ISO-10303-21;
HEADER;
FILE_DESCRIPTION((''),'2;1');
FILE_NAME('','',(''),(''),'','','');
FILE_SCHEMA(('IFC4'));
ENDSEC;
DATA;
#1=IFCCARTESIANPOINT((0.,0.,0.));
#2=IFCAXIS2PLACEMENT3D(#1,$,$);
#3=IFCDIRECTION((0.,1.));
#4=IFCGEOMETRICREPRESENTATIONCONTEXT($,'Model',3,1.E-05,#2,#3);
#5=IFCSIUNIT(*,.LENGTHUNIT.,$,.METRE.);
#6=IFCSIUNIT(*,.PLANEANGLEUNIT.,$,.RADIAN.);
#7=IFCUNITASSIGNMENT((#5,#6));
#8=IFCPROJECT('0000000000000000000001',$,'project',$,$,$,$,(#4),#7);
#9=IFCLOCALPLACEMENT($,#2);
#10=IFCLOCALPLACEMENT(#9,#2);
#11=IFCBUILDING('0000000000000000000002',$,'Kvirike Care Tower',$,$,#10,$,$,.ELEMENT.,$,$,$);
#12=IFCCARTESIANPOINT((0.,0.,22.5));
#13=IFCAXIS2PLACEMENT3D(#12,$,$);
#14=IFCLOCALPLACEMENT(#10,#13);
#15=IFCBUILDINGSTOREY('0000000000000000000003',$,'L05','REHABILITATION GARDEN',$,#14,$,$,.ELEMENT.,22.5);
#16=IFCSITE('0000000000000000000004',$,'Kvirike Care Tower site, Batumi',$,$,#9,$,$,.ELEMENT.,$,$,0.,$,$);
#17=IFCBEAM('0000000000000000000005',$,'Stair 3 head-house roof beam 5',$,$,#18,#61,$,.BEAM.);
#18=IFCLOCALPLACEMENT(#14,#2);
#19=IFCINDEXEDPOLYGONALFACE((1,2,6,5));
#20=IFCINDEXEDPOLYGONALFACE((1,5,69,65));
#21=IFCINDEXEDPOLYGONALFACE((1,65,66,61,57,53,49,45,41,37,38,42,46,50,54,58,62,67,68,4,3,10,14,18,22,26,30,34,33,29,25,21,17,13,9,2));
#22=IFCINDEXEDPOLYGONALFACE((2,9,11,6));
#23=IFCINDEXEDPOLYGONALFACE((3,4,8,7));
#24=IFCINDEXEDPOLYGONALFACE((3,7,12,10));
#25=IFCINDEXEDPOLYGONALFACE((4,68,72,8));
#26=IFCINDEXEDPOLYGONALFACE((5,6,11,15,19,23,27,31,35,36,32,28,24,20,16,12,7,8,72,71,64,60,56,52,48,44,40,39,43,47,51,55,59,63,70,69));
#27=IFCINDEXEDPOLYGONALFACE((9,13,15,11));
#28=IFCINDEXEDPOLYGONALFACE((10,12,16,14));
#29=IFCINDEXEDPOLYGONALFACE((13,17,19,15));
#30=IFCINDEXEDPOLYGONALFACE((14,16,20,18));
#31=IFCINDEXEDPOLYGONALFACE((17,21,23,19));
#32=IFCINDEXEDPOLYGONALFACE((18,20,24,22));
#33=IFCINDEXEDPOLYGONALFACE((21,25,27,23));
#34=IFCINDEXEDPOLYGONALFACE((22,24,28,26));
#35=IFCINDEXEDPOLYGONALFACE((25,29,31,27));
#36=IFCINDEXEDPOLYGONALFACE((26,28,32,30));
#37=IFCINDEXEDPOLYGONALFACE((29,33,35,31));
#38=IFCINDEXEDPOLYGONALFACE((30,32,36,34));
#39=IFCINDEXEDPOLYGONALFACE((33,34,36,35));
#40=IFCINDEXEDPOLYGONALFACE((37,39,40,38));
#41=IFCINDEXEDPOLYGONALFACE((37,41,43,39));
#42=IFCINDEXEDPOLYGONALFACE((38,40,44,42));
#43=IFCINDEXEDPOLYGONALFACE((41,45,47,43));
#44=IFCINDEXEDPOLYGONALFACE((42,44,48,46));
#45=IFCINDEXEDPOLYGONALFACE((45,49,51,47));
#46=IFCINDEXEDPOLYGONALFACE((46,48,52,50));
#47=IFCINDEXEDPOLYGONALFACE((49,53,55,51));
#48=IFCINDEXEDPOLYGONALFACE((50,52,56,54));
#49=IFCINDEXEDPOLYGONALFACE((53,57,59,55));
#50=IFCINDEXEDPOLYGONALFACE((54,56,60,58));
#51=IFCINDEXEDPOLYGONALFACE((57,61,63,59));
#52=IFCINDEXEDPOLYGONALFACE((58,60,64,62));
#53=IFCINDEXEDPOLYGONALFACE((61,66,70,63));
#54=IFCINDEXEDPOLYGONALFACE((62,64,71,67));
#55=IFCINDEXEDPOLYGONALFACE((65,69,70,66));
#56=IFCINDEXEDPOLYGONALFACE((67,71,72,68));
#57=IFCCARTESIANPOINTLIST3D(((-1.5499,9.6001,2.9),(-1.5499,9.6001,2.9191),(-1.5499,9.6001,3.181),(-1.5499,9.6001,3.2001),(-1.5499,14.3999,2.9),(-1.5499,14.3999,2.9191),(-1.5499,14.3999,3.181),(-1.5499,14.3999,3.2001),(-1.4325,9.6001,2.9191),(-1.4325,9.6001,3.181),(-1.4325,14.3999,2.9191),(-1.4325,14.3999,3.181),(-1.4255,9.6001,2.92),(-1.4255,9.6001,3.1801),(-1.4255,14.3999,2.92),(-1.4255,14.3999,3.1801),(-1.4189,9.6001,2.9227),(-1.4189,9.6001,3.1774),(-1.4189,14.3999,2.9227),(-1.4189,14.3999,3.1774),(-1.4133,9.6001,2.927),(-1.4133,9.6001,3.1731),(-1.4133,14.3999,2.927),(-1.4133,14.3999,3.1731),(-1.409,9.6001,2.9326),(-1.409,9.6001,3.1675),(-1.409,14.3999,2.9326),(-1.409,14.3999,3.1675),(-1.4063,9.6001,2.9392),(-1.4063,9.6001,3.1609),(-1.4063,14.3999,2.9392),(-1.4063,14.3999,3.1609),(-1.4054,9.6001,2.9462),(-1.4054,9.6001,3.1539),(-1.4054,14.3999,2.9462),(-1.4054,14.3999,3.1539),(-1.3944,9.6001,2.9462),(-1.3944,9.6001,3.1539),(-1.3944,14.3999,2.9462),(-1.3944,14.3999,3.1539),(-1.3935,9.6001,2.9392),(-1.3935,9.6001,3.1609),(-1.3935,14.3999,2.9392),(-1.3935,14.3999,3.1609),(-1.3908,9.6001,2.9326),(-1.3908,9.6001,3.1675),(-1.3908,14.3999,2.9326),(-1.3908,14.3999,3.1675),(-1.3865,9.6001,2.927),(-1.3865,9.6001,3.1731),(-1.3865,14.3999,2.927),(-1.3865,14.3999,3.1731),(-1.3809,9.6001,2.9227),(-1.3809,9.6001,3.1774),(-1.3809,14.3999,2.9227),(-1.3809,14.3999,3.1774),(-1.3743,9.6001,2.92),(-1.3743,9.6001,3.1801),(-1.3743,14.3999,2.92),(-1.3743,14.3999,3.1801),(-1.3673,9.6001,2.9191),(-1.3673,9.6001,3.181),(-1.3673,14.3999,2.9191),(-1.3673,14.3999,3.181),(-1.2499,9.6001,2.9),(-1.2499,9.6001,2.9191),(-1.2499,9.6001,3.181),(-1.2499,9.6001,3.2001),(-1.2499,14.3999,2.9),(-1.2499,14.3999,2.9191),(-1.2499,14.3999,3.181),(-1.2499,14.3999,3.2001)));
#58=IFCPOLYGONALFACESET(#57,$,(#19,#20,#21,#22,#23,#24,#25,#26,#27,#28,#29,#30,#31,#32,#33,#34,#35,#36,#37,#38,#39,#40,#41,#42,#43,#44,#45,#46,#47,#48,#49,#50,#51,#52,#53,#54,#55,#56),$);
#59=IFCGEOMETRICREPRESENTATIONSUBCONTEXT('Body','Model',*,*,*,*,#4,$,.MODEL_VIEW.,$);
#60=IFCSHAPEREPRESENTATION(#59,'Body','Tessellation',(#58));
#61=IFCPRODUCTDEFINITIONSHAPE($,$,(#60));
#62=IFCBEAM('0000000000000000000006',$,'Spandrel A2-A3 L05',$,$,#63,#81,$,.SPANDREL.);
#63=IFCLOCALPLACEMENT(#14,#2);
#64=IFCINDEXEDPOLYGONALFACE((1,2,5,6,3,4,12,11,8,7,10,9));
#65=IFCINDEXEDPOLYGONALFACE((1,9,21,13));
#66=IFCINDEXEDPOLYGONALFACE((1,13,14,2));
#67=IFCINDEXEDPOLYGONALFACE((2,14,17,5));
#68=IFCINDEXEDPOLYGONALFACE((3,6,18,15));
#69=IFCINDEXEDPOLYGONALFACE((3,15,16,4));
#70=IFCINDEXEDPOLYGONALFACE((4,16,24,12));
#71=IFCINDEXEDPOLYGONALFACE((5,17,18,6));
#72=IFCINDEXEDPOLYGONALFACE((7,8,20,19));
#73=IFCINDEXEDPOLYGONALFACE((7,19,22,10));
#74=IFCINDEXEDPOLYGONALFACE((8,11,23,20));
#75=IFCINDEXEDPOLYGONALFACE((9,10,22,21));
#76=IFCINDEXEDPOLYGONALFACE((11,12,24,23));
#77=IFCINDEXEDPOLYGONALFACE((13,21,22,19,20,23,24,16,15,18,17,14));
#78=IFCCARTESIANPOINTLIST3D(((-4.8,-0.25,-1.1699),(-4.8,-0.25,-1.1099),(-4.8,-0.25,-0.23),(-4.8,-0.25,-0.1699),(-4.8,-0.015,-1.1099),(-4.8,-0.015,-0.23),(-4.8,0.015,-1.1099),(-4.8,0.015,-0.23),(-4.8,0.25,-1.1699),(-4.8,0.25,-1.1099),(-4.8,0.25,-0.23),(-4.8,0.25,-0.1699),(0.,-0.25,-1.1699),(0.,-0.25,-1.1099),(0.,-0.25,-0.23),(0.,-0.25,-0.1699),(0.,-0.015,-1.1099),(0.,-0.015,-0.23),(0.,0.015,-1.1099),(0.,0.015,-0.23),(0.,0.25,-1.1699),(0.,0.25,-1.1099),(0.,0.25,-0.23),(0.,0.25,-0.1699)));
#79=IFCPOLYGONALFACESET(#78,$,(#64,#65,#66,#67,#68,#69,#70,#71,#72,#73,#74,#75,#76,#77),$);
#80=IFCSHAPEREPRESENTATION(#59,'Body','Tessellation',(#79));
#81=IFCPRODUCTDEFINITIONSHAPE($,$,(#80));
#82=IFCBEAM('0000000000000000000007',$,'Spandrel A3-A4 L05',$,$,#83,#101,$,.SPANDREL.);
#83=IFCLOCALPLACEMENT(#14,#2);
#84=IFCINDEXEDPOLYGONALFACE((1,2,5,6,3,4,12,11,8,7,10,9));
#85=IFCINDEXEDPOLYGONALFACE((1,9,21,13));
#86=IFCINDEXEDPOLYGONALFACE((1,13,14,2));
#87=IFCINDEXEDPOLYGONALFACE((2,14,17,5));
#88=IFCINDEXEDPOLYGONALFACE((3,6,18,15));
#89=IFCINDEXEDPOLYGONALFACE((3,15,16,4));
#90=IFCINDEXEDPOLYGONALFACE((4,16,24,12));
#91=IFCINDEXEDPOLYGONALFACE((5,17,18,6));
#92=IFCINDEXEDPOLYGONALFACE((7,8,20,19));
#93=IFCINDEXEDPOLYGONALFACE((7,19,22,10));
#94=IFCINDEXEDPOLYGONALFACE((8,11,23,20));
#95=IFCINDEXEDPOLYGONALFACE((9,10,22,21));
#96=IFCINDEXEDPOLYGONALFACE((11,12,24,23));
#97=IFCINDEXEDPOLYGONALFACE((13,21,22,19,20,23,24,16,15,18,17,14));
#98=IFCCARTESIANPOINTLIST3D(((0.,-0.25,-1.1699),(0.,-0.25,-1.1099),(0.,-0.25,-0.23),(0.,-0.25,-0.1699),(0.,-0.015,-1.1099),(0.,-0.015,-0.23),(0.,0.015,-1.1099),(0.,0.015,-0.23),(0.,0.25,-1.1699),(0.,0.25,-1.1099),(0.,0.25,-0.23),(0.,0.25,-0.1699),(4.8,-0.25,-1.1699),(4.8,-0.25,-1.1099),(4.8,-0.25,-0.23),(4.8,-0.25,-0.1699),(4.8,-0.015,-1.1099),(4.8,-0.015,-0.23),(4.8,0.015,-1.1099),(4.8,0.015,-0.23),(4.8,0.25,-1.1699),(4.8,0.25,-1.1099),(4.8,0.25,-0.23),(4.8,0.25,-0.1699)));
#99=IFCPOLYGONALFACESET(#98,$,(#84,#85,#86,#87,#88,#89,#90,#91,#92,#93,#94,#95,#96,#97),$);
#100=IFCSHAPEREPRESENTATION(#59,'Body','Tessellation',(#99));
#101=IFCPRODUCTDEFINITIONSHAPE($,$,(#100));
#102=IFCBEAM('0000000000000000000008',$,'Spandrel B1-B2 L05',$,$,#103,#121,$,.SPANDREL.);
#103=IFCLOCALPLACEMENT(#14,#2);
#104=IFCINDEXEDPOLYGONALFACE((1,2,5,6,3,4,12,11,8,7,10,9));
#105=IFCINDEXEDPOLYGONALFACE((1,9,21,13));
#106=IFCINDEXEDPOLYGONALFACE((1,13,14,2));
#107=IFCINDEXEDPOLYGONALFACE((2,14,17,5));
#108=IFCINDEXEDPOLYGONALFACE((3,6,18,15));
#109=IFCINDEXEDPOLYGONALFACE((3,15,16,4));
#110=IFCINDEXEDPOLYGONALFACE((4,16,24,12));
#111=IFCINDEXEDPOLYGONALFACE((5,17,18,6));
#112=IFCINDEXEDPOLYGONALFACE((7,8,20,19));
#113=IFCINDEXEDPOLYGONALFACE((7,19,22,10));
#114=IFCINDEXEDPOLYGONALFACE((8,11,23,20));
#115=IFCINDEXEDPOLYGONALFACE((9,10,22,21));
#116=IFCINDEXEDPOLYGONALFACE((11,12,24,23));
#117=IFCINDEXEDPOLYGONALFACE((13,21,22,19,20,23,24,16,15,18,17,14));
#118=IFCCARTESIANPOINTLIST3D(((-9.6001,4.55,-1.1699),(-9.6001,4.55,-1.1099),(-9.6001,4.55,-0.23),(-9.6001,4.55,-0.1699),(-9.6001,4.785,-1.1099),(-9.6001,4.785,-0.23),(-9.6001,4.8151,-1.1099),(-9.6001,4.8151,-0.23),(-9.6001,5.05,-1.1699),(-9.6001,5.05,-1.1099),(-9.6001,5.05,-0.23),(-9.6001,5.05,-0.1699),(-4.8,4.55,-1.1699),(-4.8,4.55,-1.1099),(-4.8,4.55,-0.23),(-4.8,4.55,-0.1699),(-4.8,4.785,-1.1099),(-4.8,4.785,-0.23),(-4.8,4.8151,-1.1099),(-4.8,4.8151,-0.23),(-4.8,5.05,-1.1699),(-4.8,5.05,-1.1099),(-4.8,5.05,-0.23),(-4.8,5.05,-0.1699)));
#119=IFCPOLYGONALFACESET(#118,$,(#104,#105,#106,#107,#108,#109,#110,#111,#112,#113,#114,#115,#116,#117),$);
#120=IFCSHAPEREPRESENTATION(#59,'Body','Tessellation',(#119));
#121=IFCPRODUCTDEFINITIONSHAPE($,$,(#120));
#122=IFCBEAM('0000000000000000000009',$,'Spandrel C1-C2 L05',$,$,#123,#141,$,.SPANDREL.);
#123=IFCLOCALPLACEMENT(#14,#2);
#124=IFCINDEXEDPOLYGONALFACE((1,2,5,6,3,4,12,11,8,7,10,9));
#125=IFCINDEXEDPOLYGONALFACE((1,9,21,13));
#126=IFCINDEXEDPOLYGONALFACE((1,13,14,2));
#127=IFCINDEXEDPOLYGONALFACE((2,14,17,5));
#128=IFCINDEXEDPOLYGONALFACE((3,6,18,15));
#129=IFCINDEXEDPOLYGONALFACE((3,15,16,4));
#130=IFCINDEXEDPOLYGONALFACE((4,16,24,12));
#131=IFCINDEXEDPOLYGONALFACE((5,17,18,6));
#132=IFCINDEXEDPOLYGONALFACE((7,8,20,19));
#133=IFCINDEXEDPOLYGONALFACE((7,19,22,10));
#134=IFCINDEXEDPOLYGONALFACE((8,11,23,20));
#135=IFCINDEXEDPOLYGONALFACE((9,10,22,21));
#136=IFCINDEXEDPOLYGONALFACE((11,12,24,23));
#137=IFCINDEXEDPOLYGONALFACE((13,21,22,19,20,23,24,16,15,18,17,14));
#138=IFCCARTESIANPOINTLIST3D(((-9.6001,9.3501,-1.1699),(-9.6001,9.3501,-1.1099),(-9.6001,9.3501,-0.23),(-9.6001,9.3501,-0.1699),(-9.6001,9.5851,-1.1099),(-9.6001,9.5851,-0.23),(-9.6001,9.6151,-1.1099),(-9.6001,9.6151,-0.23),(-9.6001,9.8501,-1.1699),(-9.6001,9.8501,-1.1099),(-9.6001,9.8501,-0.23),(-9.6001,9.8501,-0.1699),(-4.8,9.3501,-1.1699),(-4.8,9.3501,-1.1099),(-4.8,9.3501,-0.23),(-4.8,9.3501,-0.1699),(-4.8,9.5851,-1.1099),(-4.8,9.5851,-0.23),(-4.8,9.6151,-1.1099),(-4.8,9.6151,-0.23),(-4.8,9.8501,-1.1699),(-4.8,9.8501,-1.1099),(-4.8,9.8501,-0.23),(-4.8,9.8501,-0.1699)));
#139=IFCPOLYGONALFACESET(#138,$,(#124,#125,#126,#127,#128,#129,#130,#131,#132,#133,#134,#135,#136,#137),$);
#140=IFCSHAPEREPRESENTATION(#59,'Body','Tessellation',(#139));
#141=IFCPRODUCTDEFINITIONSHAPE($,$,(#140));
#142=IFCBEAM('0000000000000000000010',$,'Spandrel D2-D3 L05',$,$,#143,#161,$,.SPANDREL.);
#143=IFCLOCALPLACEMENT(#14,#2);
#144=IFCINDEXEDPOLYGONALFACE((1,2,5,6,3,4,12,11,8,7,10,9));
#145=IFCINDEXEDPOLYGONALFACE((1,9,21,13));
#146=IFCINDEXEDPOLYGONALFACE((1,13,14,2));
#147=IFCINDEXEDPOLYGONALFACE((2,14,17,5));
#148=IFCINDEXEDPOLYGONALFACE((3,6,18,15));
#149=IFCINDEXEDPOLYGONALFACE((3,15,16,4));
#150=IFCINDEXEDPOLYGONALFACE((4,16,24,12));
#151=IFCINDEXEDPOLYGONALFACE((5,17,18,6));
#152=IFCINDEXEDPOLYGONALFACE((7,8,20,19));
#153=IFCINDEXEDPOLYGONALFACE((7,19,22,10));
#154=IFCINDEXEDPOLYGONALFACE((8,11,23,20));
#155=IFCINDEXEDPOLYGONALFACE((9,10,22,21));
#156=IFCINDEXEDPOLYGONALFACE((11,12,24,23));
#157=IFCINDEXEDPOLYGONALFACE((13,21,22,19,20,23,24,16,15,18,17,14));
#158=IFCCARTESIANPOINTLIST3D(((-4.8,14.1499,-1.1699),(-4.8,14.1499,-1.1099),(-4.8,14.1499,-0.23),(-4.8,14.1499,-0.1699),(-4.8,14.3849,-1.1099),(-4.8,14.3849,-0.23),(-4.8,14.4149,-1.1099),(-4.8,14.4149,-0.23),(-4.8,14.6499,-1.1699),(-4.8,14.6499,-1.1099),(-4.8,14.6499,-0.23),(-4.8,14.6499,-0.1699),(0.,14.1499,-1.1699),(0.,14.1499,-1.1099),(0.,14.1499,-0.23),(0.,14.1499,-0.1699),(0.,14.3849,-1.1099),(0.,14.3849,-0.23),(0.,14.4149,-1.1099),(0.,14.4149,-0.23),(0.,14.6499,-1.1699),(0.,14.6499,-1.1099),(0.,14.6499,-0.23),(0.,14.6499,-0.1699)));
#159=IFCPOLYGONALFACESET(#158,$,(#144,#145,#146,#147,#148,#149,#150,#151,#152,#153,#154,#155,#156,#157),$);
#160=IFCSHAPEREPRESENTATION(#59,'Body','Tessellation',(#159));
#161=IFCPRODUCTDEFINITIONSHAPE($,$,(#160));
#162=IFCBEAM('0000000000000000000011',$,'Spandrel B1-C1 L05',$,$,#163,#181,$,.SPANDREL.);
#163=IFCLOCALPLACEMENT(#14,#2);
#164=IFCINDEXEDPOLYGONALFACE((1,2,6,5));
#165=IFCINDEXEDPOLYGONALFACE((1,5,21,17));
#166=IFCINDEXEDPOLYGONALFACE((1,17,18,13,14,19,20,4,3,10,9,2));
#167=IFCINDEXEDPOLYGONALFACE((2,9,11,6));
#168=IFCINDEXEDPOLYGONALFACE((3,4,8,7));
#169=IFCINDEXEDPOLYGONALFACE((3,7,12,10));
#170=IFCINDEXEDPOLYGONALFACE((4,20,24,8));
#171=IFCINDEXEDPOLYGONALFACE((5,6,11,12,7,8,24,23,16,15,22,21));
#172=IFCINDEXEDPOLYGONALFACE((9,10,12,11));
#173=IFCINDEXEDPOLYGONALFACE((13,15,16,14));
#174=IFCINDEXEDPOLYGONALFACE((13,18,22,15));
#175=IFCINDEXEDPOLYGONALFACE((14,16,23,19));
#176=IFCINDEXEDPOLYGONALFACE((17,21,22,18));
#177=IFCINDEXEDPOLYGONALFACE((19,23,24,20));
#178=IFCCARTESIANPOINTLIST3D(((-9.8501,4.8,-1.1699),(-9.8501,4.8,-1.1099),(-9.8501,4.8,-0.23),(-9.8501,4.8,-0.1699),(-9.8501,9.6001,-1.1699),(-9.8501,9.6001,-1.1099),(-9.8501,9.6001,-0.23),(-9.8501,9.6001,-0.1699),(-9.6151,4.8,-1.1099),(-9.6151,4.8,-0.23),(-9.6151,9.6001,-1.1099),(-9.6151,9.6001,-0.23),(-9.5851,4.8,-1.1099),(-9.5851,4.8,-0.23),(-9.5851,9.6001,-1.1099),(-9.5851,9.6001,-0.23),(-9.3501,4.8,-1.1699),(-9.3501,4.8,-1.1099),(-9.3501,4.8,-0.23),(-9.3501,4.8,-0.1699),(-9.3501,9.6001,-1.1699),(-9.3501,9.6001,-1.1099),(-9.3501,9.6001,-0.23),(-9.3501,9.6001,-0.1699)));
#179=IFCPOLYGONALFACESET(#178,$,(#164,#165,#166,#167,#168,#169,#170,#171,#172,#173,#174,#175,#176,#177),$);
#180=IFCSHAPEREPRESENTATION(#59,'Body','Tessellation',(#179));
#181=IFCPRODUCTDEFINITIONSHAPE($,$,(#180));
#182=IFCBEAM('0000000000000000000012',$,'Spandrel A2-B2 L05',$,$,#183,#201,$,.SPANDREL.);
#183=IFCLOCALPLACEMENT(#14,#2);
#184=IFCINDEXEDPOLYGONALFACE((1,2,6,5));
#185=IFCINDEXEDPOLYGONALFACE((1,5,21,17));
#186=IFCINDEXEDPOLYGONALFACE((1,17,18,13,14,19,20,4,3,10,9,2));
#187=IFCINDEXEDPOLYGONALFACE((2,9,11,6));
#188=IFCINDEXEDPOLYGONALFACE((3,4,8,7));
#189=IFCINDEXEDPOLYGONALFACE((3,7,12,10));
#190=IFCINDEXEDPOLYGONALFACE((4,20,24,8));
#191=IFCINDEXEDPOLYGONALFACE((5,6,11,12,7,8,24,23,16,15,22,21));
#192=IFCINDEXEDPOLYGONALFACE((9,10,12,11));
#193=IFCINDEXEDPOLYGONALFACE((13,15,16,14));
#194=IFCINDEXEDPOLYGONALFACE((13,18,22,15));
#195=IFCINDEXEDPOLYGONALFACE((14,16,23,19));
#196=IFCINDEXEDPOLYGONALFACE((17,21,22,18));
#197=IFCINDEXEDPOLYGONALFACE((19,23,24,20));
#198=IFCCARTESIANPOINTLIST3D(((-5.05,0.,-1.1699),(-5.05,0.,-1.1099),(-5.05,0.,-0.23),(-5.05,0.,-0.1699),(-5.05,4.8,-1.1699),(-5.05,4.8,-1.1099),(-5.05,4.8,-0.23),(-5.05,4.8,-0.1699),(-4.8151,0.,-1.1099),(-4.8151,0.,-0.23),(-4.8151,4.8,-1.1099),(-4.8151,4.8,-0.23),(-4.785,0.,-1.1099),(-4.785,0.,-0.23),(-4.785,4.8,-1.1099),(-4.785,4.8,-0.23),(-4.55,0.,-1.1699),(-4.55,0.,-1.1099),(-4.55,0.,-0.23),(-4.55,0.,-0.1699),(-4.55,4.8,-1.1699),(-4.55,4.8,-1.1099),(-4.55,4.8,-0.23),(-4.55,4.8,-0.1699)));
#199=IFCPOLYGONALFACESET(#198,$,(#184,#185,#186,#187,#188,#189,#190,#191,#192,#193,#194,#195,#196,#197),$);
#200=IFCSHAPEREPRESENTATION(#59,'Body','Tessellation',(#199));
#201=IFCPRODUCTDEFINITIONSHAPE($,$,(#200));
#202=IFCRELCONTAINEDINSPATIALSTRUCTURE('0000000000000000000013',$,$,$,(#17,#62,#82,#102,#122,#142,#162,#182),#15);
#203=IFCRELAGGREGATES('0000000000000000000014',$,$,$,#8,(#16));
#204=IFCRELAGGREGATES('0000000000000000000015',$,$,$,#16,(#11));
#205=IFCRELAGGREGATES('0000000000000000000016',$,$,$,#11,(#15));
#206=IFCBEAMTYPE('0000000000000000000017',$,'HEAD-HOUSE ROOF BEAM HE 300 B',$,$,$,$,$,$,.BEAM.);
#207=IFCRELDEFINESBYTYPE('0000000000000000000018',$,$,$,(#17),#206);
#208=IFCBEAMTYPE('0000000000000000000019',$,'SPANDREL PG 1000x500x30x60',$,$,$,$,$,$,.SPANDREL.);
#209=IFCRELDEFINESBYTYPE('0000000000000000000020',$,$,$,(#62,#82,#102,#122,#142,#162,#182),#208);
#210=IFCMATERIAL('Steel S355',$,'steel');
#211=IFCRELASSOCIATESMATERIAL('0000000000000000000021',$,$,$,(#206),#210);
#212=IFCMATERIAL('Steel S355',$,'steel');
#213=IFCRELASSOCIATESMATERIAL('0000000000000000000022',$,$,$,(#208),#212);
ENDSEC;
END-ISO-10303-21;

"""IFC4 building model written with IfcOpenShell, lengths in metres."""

from ifc_helpers import new_model, si_unit, direction, frame, origin, origin_2d, place, context, subcontext, project, spatial, i_section, extrude, material, material_profile, profile_set, type_object, element, save


model = new_model("IFC4")

# Units and contexts
model_context = context("Model", 3, precision=1e-05, world=origin(), true_north=direction((0.0, 1.0)))
body_context = subcontext(model_context, "Body", "Model", "MODEL_VIEW")
ifc_project = project(units=[si_unit("LENGTHUNIT", "METRE"), si_unit("PLANEANGLEUNIT", "RADIAN")], contexts=[model_context])

# Site, building, storey
site_placement = place(None, origin())
site = spatial("IfcSite", under=ifc_project, at=site_placement, Name="Kvirike Care Tower site, Batumi", CompositionType="ELEMENT", RefElevation=0.0)
building_placement = place(site_placement, origin())
building = spatial("IfcBuilding", under=site, at=building_placement, Name="Kvirike Care Tower", CompositionType="ELEMENT")
storey_placement = place(building_placement, frame((0.0, 0.0, 22.5)))
storey = spatial("IfcBuildingStorey", under=building, at=storey_placement, Name="L05", Description="REHABILITATION GARDEN", CompositionType="ELEMENT", Elevation=22.5)

# Beams
ifc_material_1 = material(Name="Steel S355", Category="steel")
ifc_material_profile_1 = material_profile(ifc_material_1, i_section(OverallWidth=0.3, OverallDepth=0.3, WebThickness=0.011, FlangeThickness=0.019, FilletRadius=0.0271, at=origin_2d()), Name="HE 300 B")
ifc_profile_set_1 = profile_set([ifc_material_profile_1], Name="Steel S355")
beam_type_1 = type_object("IfcBeamType", Name="HEAD-HOUSE ROOF BEAM HE 300 B", PredefinedType="BEAM", material=ifc_profile_set_1)
beam_1_placement = place(storey_placement, frame((-1.3999, 9.6001, 3.05), z_axis=(0.0, 1.0, 0.0), x_axis=(-1.0, 0.0, 0.0)))
element("IfcBeam", 1, at=beam_1_placement, inside=storey, type_object=beam_type_1, Name="Stair 3 head-house roof beam 5", PredefinedType="BEAM", context=body_context, shape_type="SweptSolid", body=[
    extrude(i_section(OverallWidth=0.3, OverallDepth=0.3, WebThickness=0.011, FlangeThickness=0.019, FilletRadius=0.0271, at=origin_2d()), origin(), (0.0, 0.0, 1.0), 4.7998),
])
ifc_material_2 = material(Name="Steel S355", Category="steel")
ifc_material_profile_2 = material_profile(ifc_material_2, i_section(OverallWidth=0.5, OverallDepth=1.0, WebThickness=0.03, FlangeThickness=0.0601, at=origin_2d()), Name="PG 1000x500x30x60")
ifc_profile_set_2 = profile_set([ifc_material_profile_2], Name="Steel S355")
beam_type_2 = type_object("IfcBeamType", Name="SPANDREL PG 1000x500x30x60", PredefinedType="SPANDREL", material=ifc_profile_set_2)
for number, where, z_axis, x_axis, name in (
    (2, (-4.8, 0.0, -0.6699), (1.0, 0.0, 0.0), (0.0, 1.0, 0.0), "Spandrel A2-A3 L05"),
    (3, (0.0, 0.0, -0.6699), (1.0, 0.0, 0.0), (0.0, 1.0, 0.0), "Spandrel A3-A4 L05"),
    (4, (-9.6001, 4.8, -0.6699), (1.0, 0.0, 0.0), (0.0, 1.0, 0.0), "Spandrel B1-B2 L05"),
    (5, (-9.6001, 9.6001, -0.6699), (1.0, 0.0, 0.0), (0.0, 1.0, 0.0), "Spandrel C1-C2 L05"),
    (6, (-4.8, 14.3999, -0.6699), (1.0, 0.0, 0.0), (0.0, 1.0, 0.0), "Spandrel D2-D3 L05"),
    (7, (-9.6001, 4.8, -0.6699), (0.0, 1.0, 0.0), (-1.0, 0.0, 0.0), "Spandrel B1-C1 L05"),
    (8, (-4.8, 0.0, -0.6699), (0.0, 1.0, 0.0), (-1.0, 0.0, 0.0), "Spandrel A2-B2 L05"),
):
    element("IfcBeam", number, at=place(storey_placement, frame(where, z_axis=z_axis, x_axis=x_axis)), inside=storey, type_object=beam_type_2, Name=name, PredefinedType="SPANDREL", context=body_context, shape_type="SweptSolid", body=[
        extrude(i_section(OverallWidth=0.5, OverallDepth=1.0, WebThickness=0.03, FlangeThickness=0.0601, at=origin_2d()), origin(), (0.0, 0.0, 1.0), 4.8),
    ])

save(model, "model.ifc")
